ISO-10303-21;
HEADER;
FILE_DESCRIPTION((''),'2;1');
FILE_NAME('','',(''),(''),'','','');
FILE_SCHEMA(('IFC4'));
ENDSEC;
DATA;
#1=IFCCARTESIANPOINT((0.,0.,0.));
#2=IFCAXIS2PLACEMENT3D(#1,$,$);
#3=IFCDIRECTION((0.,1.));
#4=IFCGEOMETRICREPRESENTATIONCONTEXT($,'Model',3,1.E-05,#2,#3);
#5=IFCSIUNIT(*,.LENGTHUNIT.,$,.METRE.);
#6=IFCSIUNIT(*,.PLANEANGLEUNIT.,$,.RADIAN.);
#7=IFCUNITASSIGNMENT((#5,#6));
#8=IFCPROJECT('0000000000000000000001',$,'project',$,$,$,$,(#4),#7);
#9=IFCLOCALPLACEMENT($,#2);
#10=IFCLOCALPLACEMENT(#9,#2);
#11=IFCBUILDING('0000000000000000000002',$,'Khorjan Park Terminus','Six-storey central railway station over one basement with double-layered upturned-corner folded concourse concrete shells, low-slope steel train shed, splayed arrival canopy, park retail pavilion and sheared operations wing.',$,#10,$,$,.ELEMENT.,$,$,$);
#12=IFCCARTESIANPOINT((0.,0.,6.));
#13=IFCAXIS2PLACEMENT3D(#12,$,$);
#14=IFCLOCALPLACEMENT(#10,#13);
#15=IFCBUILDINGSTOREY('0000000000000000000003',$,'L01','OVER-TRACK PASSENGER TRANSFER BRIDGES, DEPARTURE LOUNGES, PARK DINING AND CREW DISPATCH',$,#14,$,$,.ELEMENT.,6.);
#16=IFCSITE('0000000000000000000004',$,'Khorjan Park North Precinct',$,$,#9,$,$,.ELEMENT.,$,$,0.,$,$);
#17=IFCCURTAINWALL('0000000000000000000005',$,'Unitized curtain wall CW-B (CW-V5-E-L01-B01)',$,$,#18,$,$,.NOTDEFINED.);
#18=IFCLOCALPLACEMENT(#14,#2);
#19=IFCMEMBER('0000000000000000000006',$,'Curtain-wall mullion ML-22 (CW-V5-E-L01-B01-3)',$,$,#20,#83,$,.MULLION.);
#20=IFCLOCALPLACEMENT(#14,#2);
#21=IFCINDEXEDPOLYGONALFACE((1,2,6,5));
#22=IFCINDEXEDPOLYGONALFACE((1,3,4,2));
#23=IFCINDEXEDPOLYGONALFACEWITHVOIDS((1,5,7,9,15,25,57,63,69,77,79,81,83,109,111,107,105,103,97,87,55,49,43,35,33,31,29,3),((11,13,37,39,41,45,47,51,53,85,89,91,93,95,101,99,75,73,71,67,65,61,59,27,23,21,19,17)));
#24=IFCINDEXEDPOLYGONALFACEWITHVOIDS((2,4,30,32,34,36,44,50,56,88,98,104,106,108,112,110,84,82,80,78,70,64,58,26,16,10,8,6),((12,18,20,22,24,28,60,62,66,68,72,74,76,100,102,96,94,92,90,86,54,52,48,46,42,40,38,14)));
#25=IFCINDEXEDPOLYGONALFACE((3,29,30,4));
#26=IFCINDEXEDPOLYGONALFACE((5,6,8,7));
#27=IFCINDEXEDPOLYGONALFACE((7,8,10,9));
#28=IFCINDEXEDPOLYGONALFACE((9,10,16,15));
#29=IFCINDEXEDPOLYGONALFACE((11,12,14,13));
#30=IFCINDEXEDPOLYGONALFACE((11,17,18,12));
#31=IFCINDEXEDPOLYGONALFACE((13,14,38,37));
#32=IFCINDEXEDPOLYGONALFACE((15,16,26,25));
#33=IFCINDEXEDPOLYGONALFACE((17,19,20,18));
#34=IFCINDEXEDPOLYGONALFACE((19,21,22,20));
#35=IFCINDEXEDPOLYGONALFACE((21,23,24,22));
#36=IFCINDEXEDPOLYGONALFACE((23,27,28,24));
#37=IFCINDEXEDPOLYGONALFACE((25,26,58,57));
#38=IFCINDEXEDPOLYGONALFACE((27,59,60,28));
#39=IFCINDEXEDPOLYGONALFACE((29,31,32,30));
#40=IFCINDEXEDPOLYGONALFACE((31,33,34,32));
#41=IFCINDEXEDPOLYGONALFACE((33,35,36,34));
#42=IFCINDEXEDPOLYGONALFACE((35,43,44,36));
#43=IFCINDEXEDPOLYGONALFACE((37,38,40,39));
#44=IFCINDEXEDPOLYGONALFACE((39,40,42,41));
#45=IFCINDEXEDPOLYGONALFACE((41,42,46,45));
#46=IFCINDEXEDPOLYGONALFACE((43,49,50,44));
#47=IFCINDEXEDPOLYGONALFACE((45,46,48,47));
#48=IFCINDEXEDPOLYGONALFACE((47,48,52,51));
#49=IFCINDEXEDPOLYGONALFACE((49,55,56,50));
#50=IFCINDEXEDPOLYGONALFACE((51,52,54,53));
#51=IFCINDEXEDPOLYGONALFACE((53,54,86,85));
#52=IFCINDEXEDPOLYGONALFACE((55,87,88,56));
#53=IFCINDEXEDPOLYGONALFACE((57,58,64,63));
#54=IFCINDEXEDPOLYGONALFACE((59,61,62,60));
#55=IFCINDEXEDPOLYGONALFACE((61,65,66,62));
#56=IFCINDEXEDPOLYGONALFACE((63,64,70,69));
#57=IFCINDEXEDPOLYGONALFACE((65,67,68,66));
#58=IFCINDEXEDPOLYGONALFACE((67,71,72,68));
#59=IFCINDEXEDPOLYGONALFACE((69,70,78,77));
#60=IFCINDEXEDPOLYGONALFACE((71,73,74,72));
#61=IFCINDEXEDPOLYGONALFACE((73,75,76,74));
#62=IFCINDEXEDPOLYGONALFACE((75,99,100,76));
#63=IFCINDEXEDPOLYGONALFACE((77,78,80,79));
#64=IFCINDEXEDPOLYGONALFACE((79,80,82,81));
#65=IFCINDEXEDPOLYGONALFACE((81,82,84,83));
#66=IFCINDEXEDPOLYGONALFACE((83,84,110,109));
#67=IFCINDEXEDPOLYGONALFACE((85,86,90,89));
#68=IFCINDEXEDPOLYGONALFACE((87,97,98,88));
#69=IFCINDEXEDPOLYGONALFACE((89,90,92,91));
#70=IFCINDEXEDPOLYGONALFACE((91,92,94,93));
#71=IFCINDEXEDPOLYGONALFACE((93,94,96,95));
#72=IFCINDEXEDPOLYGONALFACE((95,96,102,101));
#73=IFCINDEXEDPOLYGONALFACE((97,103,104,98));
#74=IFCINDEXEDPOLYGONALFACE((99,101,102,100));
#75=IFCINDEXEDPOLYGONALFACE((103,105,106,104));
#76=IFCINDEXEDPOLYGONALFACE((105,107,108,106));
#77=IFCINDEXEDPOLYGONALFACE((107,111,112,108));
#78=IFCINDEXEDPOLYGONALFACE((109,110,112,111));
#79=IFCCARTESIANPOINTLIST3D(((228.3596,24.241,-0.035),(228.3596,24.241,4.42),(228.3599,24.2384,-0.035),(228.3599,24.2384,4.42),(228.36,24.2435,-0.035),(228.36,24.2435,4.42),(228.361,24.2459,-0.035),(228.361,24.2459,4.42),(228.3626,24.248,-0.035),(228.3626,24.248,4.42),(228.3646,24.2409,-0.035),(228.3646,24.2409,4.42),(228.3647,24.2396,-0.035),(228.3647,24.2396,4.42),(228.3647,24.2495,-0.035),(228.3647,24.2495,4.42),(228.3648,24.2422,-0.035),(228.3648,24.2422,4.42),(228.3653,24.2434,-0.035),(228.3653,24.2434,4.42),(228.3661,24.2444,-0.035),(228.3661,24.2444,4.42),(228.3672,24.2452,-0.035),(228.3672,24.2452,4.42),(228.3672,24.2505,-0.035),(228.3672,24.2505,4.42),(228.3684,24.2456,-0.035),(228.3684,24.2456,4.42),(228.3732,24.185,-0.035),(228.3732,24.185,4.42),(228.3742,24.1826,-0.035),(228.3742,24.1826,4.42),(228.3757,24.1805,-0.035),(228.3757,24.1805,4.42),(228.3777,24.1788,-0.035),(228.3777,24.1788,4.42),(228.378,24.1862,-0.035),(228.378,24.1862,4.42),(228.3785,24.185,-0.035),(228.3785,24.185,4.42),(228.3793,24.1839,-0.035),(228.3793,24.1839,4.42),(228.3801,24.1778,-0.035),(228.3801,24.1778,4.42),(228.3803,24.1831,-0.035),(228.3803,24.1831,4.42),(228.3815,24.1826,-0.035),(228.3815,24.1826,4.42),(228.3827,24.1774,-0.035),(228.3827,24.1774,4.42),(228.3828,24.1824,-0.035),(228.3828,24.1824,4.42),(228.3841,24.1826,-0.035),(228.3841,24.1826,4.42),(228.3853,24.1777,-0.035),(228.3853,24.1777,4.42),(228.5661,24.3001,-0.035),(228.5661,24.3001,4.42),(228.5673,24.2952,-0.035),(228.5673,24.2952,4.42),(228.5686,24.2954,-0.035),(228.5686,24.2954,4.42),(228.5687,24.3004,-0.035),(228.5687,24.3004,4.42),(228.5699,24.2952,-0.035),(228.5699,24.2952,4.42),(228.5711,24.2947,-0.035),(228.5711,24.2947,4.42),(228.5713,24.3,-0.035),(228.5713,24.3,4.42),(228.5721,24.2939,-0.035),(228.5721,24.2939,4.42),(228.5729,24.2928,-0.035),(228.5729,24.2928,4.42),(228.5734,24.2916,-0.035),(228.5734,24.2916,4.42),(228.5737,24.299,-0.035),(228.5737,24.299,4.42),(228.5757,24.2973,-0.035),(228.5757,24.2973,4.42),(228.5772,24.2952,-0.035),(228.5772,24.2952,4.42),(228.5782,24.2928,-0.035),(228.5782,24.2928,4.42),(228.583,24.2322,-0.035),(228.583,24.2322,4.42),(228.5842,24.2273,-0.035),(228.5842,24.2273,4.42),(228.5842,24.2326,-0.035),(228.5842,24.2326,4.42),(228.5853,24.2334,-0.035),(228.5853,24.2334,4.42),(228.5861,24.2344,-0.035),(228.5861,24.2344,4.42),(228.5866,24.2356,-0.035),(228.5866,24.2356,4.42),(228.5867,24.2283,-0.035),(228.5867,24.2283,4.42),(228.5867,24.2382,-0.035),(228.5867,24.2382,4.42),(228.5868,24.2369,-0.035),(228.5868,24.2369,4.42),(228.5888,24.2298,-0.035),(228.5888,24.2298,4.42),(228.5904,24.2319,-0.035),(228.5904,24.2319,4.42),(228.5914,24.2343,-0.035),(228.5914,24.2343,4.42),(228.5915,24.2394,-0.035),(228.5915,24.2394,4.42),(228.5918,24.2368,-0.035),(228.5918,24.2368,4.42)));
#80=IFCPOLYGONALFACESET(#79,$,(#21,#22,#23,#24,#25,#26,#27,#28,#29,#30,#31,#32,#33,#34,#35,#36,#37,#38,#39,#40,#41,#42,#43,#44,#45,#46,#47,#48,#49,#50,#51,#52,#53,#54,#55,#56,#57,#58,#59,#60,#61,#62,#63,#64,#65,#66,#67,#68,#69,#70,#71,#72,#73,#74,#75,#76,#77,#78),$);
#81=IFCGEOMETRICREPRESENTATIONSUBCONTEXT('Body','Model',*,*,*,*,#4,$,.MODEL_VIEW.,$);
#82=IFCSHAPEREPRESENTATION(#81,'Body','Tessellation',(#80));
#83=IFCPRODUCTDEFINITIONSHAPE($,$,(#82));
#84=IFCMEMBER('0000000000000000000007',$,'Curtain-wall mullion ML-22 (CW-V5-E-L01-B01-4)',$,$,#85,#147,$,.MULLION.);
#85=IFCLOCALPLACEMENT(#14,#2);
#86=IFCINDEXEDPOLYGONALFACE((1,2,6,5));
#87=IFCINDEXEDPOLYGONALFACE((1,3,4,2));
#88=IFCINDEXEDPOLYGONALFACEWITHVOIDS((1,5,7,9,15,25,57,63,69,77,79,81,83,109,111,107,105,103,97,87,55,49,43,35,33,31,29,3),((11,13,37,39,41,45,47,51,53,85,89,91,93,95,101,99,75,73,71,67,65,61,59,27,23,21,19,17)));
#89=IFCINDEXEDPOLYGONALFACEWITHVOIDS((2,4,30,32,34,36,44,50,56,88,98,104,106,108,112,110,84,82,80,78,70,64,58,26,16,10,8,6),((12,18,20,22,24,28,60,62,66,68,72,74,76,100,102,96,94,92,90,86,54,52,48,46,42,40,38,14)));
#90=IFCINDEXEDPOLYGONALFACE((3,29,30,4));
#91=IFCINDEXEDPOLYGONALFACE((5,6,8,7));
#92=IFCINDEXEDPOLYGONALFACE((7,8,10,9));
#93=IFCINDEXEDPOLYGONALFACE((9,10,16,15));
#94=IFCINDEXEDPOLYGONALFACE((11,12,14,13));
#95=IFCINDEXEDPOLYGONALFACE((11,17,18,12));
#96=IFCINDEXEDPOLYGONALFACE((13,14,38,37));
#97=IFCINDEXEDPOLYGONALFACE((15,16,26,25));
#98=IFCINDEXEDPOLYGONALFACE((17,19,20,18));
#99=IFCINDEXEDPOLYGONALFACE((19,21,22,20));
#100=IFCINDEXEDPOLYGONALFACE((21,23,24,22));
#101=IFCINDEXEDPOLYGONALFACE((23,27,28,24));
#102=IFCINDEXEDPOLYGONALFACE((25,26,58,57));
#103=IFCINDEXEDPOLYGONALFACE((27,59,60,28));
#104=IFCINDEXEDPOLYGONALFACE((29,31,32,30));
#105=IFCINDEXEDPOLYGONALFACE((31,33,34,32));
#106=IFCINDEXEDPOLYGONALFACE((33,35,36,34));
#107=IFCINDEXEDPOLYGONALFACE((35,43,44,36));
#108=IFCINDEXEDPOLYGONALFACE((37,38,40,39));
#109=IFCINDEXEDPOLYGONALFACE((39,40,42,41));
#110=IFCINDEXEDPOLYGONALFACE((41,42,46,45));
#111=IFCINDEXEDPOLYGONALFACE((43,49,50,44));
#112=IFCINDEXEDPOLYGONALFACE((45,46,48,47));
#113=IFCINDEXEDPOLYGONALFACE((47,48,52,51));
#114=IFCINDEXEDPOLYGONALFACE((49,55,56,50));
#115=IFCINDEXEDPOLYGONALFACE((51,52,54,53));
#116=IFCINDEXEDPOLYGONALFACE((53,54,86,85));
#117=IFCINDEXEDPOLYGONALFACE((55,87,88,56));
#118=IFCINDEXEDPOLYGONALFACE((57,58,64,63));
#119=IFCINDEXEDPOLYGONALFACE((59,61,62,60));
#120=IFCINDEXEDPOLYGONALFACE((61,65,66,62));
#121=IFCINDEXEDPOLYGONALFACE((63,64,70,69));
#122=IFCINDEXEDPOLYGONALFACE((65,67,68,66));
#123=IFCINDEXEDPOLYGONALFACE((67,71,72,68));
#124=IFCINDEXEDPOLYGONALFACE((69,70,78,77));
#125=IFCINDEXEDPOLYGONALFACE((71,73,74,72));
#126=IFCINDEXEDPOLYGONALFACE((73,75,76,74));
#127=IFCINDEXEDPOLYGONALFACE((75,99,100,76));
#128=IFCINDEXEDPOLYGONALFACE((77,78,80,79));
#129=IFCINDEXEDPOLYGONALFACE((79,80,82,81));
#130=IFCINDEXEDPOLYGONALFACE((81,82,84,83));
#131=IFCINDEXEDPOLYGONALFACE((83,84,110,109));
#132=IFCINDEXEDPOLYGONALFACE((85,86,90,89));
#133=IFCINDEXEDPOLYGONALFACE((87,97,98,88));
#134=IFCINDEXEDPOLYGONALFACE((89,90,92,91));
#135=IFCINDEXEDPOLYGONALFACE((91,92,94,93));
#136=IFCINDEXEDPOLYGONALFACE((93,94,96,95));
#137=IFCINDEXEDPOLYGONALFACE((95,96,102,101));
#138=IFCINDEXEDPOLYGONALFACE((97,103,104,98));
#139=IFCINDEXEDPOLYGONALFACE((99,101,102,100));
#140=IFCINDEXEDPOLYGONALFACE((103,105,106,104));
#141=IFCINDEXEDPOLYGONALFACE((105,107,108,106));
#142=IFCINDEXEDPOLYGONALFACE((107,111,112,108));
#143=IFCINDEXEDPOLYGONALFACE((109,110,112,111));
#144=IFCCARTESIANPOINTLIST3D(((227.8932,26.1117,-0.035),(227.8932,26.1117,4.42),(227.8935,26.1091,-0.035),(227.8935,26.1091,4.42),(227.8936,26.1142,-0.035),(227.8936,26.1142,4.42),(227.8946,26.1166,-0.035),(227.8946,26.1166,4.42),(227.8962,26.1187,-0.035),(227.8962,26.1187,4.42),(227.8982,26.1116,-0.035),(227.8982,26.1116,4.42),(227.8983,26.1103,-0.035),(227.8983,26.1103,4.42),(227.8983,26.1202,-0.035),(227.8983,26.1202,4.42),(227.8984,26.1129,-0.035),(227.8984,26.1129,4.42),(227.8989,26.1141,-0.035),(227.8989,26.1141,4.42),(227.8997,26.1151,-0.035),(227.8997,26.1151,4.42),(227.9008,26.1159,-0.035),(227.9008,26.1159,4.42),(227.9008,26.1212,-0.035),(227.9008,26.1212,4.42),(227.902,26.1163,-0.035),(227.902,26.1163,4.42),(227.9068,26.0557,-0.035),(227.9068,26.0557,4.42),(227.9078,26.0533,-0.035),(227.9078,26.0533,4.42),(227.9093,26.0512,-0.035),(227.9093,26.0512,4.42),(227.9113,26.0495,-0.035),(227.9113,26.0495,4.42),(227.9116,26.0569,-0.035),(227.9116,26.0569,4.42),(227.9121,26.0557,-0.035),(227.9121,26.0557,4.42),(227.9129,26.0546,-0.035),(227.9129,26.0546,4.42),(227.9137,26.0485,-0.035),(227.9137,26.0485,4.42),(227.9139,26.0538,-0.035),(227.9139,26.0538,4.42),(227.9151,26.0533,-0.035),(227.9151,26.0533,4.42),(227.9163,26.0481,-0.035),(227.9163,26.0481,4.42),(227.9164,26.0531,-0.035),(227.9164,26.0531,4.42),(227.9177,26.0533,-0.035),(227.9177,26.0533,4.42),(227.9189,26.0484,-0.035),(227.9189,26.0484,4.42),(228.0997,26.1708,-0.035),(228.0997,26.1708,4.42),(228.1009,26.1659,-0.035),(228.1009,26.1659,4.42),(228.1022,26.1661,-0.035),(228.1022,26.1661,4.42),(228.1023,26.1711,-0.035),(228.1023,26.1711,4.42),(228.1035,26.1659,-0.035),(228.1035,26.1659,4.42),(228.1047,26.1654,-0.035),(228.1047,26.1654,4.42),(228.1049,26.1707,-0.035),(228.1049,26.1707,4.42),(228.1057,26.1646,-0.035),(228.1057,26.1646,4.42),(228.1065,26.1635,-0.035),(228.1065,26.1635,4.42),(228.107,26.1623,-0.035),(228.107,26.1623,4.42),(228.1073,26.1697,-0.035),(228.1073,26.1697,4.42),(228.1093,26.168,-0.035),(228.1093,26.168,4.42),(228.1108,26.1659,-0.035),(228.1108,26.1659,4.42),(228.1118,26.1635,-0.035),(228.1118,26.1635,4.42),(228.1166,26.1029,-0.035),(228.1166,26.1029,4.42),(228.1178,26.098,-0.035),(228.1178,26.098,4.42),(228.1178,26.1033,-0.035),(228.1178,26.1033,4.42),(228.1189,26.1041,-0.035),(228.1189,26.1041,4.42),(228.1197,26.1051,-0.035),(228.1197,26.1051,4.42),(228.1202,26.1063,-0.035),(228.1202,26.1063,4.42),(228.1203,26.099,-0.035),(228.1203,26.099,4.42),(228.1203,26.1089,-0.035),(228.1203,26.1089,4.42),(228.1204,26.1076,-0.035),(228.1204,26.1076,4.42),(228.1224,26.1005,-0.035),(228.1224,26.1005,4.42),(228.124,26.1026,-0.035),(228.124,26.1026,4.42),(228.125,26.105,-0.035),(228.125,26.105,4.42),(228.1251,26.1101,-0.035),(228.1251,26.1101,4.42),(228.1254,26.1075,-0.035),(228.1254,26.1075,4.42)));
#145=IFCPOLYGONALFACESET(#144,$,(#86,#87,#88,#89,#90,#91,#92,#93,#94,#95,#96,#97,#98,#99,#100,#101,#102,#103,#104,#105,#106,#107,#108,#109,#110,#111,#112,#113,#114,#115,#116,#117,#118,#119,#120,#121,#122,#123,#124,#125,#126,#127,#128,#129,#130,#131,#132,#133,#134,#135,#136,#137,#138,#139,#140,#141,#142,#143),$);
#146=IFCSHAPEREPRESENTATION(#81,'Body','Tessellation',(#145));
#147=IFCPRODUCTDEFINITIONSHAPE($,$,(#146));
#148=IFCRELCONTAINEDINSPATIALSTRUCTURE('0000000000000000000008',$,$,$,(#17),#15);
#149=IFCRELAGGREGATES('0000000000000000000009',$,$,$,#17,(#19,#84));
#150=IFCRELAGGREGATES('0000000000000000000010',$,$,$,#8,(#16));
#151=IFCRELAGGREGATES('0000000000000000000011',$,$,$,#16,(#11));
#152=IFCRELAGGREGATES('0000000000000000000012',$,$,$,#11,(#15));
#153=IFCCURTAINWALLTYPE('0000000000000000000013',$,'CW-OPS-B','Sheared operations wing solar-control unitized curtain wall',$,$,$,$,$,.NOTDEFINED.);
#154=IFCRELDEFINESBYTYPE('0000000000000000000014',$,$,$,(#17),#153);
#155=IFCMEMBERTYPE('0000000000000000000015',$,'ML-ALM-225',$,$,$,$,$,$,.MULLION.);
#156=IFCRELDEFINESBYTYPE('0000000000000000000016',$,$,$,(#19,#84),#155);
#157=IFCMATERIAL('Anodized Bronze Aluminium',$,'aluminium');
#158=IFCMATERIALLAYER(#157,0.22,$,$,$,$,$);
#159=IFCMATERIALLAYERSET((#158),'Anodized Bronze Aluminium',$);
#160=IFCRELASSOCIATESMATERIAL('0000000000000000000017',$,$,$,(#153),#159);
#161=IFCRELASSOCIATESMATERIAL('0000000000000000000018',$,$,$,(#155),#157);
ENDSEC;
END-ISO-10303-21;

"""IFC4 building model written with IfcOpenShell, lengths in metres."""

from ifc_helpers import new_model, si_unit, direction, frame, origin, origin_2d, place, context, subcontext, project, spatial, hollow_rectangle, extrude, material, layer, layer_set, material_profile, profile_set, type_object, element, aggregate, save


model = new_model("IFC4")

# Units and contexts
model_context = context("Model", 3, precision=1e-05, world=origin(), true_north=direction((0.0, 1.0)))
body_context = subcontext(model_context, "Body", "Model", "MODEL_VIEW")
ifc_project = project(units=[si_unit("LENGTHUNIT", "METRE"), si_unit("PLANEANGLEUNIT", "RADIAN")], contexts=[model_context])

# Site, building, storey
site_placement = place(None, origin())
site = spatial("IfcSite", under=ifc_project, at=site_placement, Name="Khorjan Park North Precinct", CompositionType="ELEMENT", RefElevation=0.0)
building_placement = place(site_placement, origin())
building = spatial("IfcBuilding", under=site, at=building_placement, Name="Khorjan Park Terminus", Description="Six-storey central railway station over one basement with double-layered upturned-corner folded concourse concrete shells, low-slope steel train shed, splayed arrival canopy, park retail pavilion and sheared operations wing.", CompositionType="ELEMENT")
storey_placement = place(building_placement, frame((0.0, 0.0, 6.0)))
storey = spatial("IfcBuildingStorey", under=building, at=storey_placement, Name="L01", Description="OVER-TRACK PASSENGER TRANSFER BRIDGES, DEPARTURE LOUNGES, PARK DINING AND CREW DISPATCH", CompositionType="ELEMENT", Elevation=6.0)

# Curtain wall, members
ifc_material_1 = material(Name="Anodized Bronze Aluminium", Category="aluminium")
ifc_layer_1 = layer(ifc_material_1, 0.22)
ifc_layer_set_1 = layer_set([ifc_layer_1], Name="Anodized Bronze Aluminium")
curtain_wall_type = type_object("IfcCurtainWallType", Name="CW-OPS-B", Description="Sheared operations wing solar-control unitized curtain wall", PredefinedType="NOTDEFINED", material=ifc_layer_set_1)
curtain_wall_placement = place(storey_placement, origin())
curtain_wall = element("IfcCurtainWall", 1, at=curtain_wall_placement, inside=storey, type_object=curtain_wall_type, Name="Unitized curtain wall CW-B (CW-V5-E-L01-B01)", PredefinedType="NOTDEFINED")
ifc_material_profile_1 = material_profile(ifc_material_1, hollow_rectangle(XDim=0.075, YDim=0.225, WallThickness=0.005, InnerFilletRadius=0.005, OuterFilletRadius=0.01, at=origin_2d()), Name="ALM 75x225x5")
ifc_profile_set_1 = profile_set([ifc_material_profile_1], Name="Anodized Bronze Aluminium")
member_type_1 = type_object("IfcMemberType", Name="ML-ALM-225", PredefinedType="MULLION", material=ifc_profile_set_1)
member_1_placement = place(storey_placement, frame((228.4757, 24.2389, -0.035), z_axis=(0.0, 0.0, 1.0), x_axis=(-0.24192, 0.970296, 0.0)))
member_1 = element("IfcMember", 2, at=member_1_placement, type_object=member_type_1, Name="Curtain-wall mullion ML-22 (CW-V5-E-L01-B01-3)", PredefinedType="MULLION", context=body_context, shape_type="SweptSolid", body=[
    extrude(hollow_rectangle(XDim=0.075, YDim=0.225, WallThickness=0.005, InnerFilletRadius=0.005, OuterFilletRadius=0.01, at=origin_2d()), origin(), (0.0, 0.0, 1.0), 4.455),
])
member_2_placement = place(storey_placement, frame((228.0093, 26.1096, -0.035), z_axis=(0.0, 0.0, 1.0), x_axis=(-0.24192, 0.970296, 0.0)))
member_2 = element("IfcMember", 3, at=member_2_placement, type_object=member_type_1, Name="Curtain-wall mullion ML-22 (CW-V5-E-L01-B01-4)", PredefinedType="MULLION", context=body_context, shape_type="SweptSolid", body=[
    extrude(hollow_rectangle(XDim=0.075, YDim=0.225, WallThickness=0.005, InnerFilletRadius=0.005, OuterFilletRadius=0.01, at=origin_2d()), origin(), (0.0, 0.0, 1.0), 4.455),
])
aggregate(curtain_wall, [member_1, member_2])

save(model, "model.ifc")
